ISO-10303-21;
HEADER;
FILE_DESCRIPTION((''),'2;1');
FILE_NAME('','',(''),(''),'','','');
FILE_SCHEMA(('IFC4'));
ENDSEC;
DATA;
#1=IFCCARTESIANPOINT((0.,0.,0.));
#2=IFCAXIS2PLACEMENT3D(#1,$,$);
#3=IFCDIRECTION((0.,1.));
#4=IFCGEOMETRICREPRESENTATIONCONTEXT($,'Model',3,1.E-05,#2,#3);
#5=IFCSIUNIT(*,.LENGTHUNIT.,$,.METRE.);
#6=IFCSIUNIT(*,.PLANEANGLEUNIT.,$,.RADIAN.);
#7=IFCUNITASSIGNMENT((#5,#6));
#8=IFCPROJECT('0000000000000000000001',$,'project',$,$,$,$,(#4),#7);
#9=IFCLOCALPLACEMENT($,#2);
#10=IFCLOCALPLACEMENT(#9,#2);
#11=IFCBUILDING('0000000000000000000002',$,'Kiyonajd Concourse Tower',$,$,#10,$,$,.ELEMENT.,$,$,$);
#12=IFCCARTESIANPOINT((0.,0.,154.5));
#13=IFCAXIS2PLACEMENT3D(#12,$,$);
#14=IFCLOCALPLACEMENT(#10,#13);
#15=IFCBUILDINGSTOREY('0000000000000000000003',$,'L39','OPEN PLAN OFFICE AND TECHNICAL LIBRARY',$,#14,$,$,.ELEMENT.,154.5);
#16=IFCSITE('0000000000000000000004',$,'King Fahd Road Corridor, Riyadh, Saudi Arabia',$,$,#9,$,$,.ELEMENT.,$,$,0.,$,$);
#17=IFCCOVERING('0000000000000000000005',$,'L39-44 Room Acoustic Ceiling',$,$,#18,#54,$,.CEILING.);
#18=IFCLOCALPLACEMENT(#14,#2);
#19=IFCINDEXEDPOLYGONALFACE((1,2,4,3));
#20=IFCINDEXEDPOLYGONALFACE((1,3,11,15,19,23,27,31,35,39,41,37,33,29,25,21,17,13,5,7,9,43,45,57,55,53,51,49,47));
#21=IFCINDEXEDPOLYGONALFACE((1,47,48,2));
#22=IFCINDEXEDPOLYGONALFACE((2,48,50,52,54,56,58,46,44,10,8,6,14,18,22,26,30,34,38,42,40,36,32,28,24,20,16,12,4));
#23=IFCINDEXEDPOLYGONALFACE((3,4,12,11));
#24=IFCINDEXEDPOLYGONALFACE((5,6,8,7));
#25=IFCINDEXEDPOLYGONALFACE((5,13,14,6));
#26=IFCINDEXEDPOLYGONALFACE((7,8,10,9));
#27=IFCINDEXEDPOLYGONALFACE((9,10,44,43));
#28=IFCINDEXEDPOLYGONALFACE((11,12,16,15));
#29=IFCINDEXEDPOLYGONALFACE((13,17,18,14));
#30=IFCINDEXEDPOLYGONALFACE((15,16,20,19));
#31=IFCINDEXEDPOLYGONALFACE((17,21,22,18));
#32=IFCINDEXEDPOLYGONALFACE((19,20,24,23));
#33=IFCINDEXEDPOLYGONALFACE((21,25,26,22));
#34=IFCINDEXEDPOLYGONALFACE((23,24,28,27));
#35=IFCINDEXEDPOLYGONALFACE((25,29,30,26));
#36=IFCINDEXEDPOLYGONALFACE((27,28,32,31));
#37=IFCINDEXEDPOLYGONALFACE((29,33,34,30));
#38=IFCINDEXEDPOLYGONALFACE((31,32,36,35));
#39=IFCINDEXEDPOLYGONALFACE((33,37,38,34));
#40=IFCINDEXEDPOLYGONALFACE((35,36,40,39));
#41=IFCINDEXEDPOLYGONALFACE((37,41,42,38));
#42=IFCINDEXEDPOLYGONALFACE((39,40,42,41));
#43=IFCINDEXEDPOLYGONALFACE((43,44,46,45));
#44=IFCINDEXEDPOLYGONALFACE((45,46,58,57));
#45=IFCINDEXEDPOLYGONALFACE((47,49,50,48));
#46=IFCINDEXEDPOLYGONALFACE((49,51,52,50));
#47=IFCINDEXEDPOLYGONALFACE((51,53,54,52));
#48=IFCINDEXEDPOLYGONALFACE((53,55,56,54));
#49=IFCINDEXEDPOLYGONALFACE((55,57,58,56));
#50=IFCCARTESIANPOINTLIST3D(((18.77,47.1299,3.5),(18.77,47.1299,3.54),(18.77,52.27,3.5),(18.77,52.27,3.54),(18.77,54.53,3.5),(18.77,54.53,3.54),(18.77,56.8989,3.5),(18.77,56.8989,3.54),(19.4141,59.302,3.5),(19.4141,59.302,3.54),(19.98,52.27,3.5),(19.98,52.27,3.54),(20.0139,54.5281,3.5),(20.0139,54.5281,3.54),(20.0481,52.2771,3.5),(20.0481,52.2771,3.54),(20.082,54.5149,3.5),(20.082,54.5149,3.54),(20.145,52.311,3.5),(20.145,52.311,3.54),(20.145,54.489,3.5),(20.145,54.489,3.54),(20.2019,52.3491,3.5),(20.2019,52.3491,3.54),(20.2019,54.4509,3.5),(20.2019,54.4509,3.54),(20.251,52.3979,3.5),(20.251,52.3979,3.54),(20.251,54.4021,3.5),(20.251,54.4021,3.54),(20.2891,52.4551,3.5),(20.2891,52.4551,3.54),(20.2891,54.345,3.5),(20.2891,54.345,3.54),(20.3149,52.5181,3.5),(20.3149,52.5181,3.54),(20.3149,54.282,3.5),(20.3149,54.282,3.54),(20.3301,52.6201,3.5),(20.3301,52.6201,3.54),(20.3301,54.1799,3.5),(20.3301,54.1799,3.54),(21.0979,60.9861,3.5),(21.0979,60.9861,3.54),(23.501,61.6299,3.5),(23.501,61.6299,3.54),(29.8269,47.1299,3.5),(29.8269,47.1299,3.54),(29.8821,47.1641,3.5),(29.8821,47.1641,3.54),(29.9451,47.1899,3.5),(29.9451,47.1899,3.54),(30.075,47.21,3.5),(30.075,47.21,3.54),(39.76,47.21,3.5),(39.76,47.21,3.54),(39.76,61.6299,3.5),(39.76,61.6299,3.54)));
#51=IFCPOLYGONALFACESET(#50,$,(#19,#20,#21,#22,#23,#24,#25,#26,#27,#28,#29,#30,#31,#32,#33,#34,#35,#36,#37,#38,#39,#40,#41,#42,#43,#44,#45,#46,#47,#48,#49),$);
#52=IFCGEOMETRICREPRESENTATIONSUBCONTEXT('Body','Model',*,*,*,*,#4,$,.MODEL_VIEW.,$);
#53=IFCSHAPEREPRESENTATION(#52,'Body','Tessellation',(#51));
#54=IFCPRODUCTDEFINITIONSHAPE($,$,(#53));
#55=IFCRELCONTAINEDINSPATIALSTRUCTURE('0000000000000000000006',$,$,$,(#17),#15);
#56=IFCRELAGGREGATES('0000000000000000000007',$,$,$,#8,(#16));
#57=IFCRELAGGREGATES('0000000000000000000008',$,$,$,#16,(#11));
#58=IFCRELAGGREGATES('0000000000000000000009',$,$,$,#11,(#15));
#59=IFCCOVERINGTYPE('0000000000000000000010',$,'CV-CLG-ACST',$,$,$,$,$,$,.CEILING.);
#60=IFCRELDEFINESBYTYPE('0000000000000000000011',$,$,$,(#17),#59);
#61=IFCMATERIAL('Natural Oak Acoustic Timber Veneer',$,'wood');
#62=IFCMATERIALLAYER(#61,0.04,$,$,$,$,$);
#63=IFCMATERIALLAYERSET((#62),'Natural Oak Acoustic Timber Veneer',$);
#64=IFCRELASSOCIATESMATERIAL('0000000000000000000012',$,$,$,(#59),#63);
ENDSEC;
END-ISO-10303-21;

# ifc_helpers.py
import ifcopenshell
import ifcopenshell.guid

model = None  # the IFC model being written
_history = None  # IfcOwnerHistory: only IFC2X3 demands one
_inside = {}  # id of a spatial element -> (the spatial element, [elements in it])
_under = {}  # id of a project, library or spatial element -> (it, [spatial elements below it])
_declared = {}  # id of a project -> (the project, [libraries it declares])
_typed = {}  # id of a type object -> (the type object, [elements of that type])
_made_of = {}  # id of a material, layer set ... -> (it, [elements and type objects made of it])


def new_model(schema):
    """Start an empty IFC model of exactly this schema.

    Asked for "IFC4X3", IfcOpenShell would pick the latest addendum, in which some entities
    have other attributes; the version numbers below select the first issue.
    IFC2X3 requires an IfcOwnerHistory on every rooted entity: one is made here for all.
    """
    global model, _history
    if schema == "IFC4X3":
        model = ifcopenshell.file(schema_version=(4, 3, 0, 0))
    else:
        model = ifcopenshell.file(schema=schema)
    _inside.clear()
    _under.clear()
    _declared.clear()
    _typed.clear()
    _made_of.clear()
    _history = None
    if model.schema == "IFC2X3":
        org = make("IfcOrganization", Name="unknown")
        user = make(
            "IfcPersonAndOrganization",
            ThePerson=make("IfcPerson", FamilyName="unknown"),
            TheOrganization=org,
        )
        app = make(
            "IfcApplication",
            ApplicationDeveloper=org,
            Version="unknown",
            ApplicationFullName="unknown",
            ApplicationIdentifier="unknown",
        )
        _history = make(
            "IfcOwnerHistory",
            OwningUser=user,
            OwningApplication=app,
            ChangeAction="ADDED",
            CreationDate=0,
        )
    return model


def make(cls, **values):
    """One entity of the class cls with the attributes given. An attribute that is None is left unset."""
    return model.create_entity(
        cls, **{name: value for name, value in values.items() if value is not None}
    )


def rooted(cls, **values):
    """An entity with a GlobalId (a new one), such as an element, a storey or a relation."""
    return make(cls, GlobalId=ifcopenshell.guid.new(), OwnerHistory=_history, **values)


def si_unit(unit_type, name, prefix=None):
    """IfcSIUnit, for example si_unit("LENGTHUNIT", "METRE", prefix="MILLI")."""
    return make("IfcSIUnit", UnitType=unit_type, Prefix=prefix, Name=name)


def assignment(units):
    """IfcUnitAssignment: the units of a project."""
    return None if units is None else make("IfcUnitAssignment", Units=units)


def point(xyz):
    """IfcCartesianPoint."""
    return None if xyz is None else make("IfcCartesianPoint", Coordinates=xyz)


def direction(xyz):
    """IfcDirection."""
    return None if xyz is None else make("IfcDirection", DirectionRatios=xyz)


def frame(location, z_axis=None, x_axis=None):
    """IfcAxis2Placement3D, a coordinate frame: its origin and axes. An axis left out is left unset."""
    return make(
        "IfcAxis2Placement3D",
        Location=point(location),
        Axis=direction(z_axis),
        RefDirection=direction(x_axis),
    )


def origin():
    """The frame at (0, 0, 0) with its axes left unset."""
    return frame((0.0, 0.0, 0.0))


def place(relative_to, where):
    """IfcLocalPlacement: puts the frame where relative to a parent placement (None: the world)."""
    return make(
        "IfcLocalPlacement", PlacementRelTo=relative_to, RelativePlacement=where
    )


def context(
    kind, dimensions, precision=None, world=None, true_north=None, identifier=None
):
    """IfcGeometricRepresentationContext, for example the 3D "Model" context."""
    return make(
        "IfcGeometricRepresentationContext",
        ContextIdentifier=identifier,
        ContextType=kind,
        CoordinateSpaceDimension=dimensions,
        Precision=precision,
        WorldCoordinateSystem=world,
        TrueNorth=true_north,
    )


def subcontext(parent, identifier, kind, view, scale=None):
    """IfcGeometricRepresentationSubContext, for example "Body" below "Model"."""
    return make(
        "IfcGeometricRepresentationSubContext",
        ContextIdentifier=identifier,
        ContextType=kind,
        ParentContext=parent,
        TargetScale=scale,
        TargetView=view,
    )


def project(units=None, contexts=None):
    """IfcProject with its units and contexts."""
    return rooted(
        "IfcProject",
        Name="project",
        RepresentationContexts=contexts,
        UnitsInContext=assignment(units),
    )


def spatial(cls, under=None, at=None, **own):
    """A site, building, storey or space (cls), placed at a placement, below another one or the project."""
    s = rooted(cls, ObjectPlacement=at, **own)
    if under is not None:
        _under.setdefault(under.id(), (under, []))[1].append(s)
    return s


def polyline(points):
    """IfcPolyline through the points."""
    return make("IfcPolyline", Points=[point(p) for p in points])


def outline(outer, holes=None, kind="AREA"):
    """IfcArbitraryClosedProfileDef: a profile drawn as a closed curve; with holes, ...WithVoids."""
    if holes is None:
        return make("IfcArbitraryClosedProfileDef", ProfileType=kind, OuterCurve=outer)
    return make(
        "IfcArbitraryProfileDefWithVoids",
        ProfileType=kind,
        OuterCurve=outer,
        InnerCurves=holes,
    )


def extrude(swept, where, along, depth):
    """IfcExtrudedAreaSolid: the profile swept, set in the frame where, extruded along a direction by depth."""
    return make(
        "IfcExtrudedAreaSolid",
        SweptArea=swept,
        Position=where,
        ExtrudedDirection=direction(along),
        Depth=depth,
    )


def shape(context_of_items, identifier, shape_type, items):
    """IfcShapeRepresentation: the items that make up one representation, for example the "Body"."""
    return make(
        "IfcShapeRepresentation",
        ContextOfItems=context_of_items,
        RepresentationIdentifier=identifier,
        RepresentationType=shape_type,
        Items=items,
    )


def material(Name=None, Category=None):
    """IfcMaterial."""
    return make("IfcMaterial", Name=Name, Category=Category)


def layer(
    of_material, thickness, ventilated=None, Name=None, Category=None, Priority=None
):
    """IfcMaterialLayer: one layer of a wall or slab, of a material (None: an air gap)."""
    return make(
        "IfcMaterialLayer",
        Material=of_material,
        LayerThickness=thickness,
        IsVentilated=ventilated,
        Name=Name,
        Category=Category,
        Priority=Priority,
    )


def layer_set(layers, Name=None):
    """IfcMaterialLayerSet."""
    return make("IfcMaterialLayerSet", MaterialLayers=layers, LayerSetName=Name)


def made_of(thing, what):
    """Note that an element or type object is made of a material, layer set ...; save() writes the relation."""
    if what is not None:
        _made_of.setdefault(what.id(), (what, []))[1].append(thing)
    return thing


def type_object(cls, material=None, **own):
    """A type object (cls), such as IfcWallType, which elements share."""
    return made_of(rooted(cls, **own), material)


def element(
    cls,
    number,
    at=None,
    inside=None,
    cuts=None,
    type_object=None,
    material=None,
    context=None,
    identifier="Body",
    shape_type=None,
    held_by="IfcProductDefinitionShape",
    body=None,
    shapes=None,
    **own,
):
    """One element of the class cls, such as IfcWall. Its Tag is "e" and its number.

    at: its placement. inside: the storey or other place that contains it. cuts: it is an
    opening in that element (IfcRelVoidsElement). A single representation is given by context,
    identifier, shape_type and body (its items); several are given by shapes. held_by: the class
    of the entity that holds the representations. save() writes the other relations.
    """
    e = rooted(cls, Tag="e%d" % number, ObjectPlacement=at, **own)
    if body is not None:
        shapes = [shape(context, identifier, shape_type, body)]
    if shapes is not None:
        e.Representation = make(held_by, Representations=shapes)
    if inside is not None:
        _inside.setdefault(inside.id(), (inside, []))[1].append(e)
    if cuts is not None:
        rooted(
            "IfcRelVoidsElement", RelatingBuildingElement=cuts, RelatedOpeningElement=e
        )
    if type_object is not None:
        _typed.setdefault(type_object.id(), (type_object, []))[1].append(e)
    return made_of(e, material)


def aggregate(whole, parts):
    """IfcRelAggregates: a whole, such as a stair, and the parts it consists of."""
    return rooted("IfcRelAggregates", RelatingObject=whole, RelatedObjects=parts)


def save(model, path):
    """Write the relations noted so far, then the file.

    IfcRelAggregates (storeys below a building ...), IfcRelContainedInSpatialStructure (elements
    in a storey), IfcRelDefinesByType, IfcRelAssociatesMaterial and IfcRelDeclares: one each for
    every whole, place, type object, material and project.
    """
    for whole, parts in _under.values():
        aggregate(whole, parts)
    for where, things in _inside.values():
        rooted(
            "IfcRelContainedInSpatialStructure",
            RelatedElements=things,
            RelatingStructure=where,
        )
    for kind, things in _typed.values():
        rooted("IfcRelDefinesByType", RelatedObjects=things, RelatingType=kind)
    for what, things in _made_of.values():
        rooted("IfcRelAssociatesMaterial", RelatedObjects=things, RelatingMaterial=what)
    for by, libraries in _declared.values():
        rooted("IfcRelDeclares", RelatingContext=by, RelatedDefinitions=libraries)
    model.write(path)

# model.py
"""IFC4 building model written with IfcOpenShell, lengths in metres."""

from ifc_helpers import new_model, si_unit, direction, frame, origin, place, context, subcontext, project, spatial, polyline, outline, extrude, material, layer, layer_set, type_object, element, save


model = new_model("IFC4")

# Units and contexts
model_context = context("Model", 3, precision=1e-05, world=origin(), true_north=direction((0.0, 1.0)))
body_context = subcontext(model_context, "Body", "Model", "MODEL_VIEW")
ifc_project = project(units=[si_unit("LENGTHUNIT", "METRE"), si_unit("PLANEANGLEUNIT", "RADIAN")], contexts=[model_context])

# Site, building, storey
site_placement = place(None, origin())
site = spatial("IfcSite", under=ifc_project, at=site_placement, Name="King Fahd Road Corridor, Riyadh, Saudi Arabia", CompositionType="ELEMENT", RefElevation=0.0)
building_placement = place(site_placement, origin())
building = spatial("IfcBuilding", under=site, at=building_placement, Name="Kiyonajd Concourse Tower", CompositionType="ELEMENT")
storey_placement = place(building_placement, frame((0.0, 0.0, 154.5)))
storey = spatial("IfcBuildingStorey", under=building, at=storey_placement, Name="L39", Description="OPEN PLAN OFFICE AND TECHNICAL LIBRARY", CompositionType="ELEMENT", Elevation=154.5)

# Shared definitions
ifc_material_1 = material(Name="Natural Oak Acoustic Timber Veneer", Category="wood")

# Covering
ifc_layer_1 = layer(ifc_material_1, 0.04)
ifc_layer_set_1 = layer_set([ifc_layer_1], Name="Natural Oak Acoustic Timber Veneer")
covering_type = type_object("IfcCoveringType", Name="CV-CLG-ACST", PredefinedType="CEILING", material=ifc_layer_set_1)
covering_placement = place(storey_placement, frame((0.0, 0.0, 3.5)))
element("IfcCovering", 1, at=covering_placement, inside=storey, type_object=covering_type, Name="L39-44 Room Acoustic Ceiling", PredefinedType="CEILING", context=body_context, shape_type="SweptSolid", body=[
    extrude(outline(polyline([(21.0979, 60.9861), (23.501, 61.6299), (39.76, 61.6299), (39.76, 47.21), (30.075, 47.21), (29.9451, 47.1899), (29.8821, 47.1641), (29.8269, 47.1299), (18.77, 47.1299), (18.77, 52.27), (19.98, 52.27), (20.0481, 52.2771), (20.145, 52.311), (20.2019, 52.3491), (20.251, 52.3979), (20.2891, 52.4551), (20.3149, 52.5181), (20.3301, 52.6201), (20.3301, 54.1799), (20.3149, 54.282), (20.2891, 54.345), (20.251, 54.4021), (20.2019, 54.4509), (20.145, 54.489), (20.082, 54.5149), (20.0139, 54.5281), (18.77, 54.53), (18.77, 56.8989), (19.4141, 59.302), (21.0979, 60.9861)])), origin(), (0.0, 0.0, 1.0), 0.04),
])

save(model, "model.ifc")
